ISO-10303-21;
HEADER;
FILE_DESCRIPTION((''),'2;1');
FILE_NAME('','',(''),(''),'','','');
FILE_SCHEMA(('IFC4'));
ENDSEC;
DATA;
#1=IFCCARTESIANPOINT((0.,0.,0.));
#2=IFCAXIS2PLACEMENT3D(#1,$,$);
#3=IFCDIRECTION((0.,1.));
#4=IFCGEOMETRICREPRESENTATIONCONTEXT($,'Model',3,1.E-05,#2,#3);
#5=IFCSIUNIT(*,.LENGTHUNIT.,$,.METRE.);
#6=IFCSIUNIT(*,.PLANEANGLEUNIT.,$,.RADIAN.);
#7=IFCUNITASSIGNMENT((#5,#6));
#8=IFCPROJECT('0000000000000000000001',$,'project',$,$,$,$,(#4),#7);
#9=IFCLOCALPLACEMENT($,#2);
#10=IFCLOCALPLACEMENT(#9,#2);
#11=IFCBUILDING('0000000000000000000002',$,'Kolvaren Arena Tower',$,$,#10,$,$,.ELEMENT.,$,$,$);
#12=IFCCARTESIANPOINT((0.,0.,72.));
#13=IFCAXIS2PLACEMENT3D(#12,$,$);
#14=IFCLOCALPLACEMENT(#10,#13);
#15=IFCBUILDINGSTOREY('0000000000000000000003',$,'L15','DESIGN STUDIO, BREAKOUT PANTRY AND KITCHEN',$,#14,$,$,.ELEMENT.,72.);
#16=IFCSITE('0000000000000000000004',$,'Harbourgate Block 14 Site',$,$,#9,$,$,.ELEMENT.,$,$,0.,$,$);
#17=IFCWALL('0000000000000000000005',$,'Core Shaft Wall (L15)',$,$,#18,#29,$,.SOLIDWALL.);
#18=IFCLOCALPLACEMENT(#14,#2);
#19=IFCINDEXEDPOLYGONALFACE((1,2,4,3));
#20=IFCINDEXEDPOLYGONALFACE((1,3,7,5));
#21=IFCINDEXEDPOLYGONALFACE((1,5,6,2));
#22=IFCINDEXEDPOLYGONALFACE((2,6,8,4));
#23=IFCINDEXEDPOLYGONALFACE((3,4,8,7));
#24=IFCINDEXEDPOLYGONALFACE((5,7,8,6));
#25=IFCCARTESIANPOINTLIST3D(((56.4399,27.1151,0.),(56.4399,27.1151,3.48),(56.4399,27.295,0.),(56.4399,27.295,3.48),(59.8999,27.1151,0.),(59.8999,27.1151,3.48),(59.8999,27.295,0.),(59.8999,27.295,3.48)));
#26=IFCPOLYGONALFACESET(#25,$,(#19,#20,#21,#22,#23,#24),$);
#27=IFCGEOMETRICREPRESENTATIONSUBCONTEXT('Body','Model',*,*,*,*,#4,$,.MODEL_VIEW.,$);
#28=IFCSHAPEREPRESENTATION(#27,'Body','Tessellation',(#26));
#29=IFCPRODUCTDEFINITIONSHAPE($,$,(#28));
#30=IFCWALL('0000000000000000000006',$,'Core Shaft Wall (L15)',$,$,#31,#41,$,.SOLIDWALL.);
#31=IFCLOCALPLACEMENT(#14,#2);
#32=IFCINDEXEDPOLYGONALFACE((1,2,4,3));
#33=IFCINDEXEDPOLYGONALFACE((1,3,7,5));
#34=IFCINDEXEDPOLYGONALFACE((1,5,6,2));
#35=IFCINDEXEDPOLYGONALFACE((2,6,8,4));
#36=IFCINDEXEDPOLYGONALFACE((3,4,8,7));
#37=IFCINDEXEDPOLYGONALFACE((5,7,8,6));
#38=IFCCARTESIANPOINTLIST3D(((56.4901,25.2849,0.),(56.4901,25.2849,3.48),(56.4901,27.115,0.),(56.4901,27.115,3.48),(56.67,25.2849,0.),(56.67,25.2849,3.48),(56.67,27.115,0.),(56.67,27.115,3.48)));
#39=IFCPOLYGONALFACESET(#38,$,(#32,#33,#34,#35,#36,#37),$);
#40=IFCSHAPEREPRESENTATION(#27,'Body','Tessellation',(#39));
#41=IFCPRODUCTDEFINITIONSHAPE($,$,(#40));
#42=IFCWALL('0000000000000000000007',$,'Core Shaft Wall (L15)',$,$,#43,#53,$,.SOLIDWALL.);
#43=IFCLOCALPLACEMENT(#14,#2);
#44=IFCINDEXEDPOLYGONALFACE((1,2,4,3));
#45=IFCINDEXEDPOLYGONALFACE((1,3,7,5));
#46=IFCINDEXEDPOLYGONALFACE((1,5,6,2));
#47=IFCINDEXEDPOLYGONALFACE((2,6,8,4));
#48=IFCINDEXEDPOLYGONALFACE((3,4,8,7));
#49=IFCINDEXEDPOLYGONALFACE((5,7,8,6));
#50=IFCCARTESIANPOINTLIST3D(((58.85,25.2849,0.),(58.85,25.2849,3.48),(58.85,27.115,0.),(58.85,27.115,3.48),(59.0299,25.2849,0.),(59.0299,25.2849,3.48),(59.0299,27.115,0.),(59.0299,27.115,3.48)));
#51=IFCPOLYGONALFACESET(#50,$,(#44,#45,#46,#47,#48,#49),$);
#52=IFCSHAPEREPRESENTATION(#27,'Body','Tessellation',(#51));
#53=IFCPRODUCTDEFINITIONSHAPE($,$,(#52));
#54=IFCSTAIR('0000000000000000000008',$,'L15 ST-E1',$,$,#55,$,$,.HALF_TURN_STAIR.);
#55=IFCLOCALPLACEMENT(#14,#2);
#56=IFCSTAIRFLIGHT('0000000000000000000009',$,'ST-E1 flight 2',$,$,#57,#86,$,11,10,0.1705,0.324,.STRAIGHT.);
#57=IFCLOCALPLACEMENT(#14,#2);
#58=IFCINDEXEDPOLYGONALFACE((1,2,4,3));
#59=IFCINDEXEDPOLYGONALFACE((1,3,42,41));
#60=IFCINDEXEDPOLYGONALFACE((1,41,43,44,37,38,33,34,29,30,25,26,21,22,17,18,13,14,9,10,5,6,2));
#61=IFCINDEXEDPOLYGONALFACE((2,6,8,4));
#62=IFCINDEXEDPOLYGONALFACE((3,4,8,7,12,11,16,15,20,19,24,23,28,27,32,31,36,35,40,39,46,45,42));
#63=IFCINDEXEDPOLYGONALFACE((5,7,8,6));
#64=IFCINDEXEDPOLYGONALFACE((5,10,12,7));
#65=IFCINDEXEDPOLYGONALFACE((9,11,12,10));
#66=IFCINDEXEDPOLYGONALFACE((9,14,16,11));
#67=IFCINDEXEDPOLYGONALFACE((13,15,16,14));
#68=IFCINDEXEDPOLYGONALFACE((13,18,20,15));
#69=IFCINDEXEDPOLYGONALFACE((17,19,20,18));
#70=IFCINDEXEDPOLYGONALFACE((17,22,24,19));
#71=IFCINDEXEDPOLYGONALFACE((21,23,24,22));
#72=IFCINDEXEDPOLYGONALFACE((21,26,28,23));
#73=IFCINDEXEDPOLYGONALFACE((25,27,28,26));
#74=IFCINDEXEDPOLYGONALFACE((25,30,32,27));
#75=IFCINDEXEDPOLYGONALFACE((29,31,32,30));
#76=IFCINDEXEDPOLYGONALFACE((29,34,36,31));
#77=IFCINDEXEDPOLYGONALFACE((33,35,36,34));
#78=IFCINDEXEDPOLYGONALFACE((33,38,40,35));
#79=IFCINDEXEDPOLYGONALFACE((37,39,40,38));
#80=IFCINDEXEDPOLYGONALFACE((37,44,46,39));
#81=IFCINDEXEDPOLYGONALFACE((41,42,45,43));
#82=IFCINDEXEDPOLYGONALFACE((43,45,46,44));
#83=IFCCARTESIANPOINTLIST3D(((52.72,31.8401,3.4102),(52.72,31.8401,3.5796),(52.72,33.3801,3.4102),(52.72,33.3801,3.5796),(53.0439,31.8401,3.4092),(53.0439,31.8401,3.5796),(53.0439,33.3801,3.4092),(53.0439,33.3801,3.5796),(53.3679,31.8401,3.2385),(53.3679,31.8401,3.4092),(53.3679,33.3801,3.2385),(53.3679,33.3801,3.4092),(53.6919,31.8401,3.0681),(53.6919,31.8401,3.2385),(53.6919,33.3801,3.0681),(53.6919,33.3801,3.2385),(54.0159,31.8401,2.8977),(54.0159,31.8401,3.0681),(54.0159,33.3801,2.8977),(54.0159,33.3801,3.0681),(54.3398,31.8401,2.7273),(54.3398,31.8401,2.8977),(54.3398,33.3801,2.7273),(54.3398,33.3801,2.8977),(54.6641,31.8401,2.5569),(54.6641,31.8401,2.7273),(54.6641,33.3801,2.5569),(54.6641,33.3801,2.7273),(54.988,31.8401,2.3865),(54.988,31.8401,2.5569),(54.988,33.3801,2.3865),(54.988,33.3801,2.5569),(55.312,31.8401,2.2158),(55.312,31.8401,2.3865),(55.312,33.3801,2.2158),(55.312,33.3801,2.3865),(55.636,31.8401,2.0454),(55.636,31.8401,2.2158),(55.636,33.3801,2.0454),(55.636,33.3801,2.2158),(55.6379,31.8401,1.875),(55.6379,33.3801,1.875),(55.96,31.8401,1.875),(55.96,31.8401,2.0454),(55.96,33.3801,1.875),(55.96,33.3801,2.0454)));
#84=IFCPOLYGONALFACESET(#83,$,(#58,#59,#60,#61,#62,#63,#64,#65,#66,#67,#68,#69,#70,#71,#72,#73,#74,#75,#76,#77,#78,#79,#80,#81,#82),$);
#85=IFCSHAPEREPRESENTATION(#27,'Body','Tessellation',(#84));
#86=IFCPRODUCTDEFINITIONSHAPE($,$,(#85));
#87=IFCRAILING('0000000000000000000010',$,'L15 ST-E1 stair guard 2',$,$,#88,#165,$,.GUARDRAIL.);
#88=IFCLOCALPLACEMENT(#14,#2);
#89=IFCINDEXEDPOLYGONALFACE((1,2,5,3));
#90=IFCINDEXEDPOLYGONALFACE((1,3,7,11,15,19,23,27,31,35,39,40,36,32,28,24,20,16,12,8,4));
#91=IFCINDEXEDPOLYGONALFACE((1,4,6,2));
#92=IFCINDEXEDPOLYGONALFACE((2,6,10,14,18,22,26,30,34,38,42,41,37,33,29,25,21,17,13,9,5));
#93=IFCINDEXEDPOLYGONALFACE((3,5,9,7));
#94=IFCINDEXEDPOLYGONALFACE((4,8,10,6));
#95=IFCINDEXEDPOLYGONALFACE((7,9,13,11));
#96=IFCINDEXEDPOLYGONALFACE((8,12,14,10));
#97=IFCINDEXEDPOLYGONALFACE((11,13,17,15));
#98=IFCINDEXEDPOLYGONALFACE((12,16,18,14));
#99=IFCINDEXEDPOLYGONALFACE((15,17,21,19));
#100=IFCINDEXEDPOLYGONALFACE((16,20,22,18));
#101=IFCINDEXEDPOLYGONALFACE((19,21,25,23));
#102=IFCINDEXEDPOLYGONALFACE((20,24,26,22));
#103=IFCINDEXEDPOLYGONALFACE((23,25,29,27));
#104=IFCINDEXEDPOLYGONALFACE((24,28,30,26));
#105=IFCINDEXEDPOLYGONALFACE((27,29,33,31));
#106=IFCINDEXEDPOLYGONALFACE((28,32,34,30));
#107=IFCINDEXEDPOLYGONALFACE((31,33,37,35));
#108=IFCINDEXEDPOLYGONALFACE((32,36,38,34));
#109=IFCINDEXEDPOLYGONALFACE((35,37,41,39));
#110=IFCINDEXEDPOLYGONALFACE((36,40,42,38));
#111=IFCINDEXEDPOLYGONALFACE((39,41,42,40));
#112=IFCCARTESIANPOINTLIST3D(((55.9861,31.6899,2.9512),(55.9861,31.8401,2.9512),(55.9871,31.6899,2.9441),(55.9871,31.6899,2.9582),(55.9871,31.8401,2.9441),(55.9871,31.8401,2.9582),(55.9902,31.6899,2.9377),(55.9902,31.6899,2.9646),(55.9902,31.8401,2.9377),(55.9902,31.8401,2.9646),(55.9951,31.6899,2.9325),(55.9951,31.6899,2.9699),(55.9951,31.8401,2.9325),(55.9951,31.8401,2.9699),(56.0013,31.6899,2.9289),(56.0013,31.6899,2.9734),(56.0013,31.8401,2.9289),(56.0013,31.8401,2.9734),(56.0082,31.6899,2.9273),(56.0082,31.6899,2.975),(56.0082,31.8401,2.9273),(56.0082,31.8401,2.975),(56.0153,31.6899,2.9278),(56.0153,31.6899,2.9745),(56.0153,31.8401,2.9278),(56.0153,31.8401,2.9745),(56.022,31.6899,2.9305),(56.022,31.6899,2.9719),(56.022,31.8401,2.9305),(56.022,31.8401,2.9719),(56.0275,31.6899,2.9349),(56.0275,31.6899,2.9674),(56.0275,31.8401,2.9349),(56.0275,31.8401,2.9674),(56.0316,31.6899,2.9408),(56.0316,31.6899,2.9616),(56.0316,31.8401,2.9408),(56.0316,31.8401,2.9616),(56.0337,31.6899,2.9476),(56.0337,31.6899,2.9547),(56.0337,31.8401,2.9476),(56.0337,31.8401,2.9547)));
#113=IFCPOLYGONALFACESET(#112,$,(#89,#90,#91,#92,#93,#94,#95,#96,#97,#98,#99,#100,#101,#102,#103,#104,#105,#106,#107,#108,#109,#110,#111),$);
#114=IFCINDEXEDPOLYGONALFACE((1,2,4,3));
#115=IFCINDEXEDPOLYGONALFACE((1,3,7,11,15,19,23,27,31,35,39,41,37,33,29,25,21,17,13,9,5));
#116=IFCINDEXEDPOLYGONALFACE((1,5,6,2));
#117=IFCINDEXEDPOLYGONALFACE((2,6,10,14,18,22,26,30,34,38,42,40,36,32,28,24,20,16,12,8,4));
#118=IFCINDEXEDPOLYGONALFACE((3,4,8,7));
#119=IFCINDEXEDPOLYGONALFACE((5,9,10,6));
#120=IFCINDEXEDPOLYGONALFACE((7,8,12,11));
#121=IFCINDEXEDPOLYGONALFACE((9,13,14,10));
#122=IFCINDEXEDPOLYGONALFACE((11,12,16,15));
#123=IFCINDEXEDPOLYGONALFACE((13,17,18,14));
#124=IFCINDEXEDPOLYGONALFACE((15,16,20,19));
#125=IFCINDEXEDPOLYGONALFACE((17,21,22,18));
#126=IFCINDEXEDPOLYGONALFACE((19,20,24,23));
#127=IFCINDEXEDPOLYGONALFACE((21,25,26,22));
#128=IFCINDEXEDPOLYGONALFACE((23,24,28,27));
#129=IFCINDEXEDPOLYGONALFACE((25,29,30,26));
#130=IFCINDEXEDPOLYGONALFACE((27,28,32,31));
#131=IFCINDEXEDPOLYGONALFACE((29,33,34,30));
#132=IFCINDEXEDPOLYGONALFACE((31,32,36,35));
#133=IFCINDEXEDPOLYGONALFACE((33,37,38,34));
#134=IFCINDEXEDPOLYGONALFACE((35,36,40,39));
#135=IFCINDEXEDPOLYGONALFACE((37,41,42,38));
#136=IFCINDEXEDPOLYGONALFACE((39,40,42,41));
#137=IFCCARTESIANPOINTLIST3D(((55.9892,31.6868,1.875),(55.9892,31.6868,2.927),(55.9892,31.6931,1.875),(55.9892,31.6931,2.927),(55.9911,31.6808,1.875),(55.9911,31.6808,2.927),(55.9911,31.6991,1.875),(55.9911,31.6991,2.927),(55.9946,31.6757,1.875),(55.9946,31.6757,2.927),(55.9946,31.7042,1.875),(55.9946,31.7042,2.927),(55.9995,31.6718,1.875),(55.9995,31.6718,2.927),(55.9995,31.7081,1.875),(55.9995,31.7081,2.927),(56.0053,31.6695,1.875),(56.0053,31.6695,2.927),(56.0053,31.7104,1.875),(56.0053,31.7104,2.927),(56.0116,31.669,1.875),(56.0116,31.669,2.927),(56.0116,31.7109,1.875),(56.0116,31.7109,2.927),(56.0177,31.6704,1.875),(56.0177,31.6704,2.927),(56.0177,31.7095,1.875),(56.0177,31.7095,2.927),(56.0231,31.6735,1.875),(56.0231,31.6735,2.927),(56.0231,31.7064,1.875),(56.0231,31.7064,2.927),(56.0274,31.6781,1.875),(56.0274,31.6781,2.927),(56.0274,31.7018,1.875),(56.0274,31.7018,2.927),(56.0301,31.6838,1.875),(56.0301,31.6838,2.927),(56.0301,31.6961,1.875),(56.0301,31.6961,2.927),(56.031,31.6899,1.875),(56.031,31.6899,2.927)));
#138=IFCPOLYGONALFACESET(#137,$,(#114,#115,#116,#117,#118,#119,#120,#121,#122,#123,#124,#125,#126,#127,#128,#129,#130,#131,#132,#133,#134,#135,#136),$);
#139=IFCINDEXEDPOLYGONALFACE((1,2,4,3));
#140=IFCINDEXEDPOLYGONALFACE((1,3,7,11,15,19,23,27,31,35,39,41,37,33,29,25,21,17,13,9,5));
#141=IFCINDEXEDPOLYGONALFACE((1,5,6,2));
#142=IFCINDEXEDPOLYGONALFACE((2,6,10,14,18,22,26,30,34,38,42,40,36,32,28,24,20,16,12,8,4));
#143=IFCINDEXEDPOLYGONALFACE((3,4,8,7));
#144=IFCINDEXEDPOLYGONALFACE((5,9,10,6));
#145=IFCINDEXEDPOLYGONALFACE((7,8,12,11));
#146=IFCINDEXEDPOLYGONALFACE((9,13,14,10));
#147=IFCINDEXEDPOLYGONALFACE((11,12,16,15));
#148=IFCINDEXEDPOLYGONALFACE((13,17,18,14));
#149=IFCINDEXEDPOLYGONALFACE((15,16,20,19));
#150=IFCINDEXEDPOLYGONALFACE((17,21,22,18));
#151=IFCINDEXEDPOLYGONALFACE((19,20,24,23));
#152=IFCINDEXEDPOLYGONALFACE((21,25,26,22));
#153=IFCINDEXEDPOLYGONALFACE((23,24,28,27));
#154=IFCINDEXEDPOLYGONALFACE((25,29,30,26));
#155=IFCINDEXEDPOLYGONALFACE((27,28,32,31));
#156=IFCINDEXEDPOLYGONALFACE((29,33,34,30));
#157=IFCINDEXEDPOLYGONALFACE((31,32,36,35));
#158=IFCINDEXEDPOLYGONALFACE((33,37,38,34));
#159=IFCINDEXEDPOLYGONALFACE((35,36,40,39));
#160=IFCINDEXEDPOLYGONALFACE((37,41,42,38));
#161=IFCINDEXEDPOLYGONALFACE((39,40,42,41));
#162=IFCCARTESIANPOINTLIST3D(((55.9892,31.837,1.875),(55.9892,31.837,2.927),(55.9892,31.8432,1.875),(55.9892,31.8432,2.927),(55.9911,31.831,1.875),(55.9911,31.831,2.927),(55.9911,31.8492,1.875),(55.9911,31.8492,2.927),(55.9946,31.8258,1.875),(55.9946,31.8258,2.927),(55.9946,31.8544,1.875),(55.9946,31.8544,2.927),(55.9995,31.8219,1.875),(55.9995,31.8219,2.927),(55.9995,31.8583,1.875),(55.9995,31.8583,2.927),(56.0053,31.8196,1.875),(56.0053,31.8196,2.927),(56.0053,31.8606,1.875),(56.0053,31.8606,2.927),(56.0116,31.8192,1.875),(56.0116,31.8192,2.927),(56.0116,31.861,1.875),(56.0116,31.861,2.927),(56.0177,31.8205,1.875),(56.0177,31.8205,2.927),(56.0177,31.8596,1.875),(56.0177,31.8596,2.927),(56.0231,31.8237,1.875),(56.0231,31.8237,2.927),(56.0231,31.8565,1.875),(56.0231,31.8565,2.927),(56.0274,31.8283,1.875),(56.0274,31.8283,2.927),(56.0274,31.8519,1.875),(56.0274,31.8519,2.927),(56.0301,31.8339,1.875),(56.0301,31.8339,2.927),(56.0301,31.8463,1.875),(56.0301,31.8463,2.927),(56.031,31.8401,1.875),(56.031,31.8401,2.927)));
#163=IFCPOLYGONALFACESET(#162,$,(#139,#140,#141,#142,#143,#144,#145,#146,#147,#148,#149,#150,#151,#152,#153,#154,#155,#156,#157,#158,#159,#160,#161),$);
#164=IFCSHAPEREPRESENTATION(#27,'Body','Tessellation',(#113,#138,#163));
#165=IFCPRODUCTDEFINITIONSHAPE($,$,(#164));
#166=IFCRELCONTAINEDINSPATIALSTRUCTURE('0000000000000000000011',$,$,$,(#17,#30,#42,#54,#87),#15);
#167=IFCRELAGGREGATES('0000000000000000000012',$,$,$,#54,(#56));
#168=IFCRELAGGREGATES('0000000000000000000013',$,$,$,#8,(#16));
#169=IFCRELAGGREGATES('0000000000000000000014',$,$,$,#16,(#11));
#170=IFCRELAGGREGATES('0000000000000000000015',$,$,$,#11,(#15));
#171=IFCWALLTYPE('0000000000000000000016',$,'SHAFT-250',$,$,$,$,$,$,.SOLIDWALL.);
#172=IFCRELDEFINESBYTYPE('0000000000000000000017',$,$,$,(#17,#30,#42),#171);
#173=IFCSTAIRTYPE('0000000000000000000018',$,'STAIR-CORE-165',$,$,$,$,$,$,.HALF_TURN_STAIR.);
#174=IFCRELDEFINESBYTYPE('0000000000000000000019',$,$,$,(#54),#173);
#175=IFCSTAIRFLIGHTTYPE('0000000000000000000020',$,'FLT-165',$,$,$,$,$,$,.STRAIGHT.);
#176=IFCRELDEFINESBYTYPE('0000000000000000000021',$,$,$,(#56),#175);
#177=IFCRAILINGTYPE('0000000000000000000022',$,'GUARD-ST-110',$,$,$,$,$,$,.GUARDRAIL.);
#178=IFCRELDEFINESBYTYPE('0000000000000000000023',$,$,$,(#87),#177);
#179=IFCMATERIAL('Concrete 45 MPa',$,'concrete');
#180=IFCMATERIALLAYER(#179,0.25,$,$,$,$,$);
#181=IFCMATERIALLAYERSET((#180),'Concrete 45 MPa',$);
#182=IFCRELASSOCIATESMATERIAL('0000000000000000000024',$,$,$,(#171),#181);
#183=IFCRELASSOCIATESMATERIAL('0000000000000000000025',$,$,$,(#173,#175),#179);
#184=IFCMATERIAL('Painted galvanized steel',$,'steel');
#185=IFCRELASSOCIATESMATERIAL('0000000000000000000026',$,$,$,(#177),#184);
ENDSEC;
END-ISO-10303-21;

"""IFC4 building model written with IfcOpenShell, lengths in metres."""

from ifc_helpers import new_model, si_unit, direction, frame, frame_2d, origin, origin_2d, place, context, subcontext, project, spatial, polyline, rectangle, circle, outline, extrude, material, layer, layer_set, type_object, element, aggregate, save


model = new_model("IFC4")

# Units and contexts
model_context = context("Model", 3, precision=1e-05, world=origin(), true_north=direction((0.0, 1.0)))
body_context = subcontext(model_context, "Body", "Model", "MODEL_VIEW")
ifc_project = project(units=[si_unit("LENGTHUNIT", "METRE"), si_unit("PLANEANGLEUNIT", "RADIAN")], contexts=[model_context])

# Site, building, storey
site_placement = place(None, origin())
site = spatial("IfcSite", under=ifc_project, at=site_placement, Name="Harbourgate Block 14 Site", CompositionType="ELEMENT", RefElevation=0.0)
building_placement = place(site_placement, origin())
building = spatial("IfcBuilding", under=site, at=building_placement, Name="Kolvaren Arena Tower", CompositionType="ELEMENT")
storey_placement = place(building_placement, frame((0.0, 0.0, 72.0)))
storey = spatial("IfcBuildingStorey", under=building, at=storey_placement, Name="L15", Description="DESIGN STUDIO, BREAKOUT PANTRY AND KITCHEN", CompositionType="ELEMENT", Elevation=72.0)

# Shared definitions
ifc_material_1 = material(Name="Concrete 45 MPa", Category="concrete")
ifc_layer = layer(ifc_material_1, 0.25)
ifc_layer_set = layer_set([ifc_layer], Name="Concrete 45 MPa")
wall_type = type_object("IfcWallType", Name="SHAFT-250", PredefinedType="SOLIDWALL", material=ifc_layer_set)

# Walls
wall_1_placement = place(storey_placement, frame((56.4399, 27.2051, 0.0), z_axis=(0.0, 0.0, 1.0), x_axis=(1.0, 0.0, 0.0)))
element("IfcWall", 1, at=wall_1_placement, inside=storey, type_object=wall_type, Name="Core Shaft Wall (L15)", PredefinedType="SOLIDWALL", context=body_context, shape_type="SweptSolid", body=[
    extrude(rectangle(XDim=3.46, YDim=0.1799, at=frame_2d((1.73, 0.0))), origin(), (0.0, 0.0, 1.0), 3.48),
])
for number, where, z_axis, x_axis, name in (
    (2, (56.5801, 25.2849, 0.0), (0.0, 0.0, 1.0), (0.0, 1.0, 0.0), "Core Shaft Wall (L15)"),
    (3, (58.9399, 25.2849, 0.0), (0.0, 0.0, 1.0), (0.0, 1.0, 0.0), "Core Shaft Wall (L15)"),
):
    element("IfcWall", number, at=place(storey_placement, frame(where, z_axis=z_axis, x_axis=x_axis)), inside=storey, type_object=wall_type, Name=name, PredefinedType="SOLIDWALL", context=body_context, shape_type="SweptSolid", body=[
        extrude(rectangle(XDim=1.8301, YDim=0.1799, at=frame_2d((0.915, 0.0))), origin(), (0.0, 0.0, 1.0), 3.48),
    ])

# Stair, stair flight
stair_type = type_object("IfcStairType", Name="STAIR-CORE-165", PredefinedType="HALF_TURN_STAIR", material=ifc_material_1)
stair_placement = place(storey_placement, origin())
stair = element("IfcStair", 4, at=stair_placement, inside=storey, type_object=stair_type, Name="L15 ST-E1", PredefinedType="HALF_TURN_STAIR")
stair_flight_type = type_object("IfcStairFlightType", Name="FLT-165", PredefinedType="STRAIGHT", material=ifc_material_1)
stair_flight_placement = place(storey_placement, frame((55.96, 32.6101, 1.875), z_axis=(0.0, 0.0, 1.0), x_axis=(-1.0, 0.0, 0.0)))
stair_flight = element("IfcStairFlight", 5, at=stair_flight_placement, type_object=stair_flight_type, Name="ST-E1 flight 2", NumberOfRisers=11, NumberOfTreads=10, PredefinedType="STRAIGHT", RiserHeight=0.1705, TreadLength=0.324, context=body_context, shape_type="SweptSolid", body=[
    extrude(outline(polyline([(0.0, 0.0), (0.0, 0.1704), (0.324, 0.1704), (0.324, 0.3408), (0.6479, 0.3408), (0.6479, 0.5115), (0.9719, 0.5115), (0.9719, 0.6819), (1.2959, 0.6819), (1.2959, 0.8523), (1.6201, 0.8523), (1.6201, 1.0227), (1.9441, 1.0227), (1.9441, 1.1931), (2.2681, 1.1931), (2.2681, 1.3635), (2.592, 1.3635), (2.592, 1.5342), (2.916, 1.5342), (2.916, 1.7046), (3.24, 1.7046), (3.24, 1.875), (3.24, 1.5352), (0.322, 0.0), (0.0, 0.0)])), frame((0.0, 0.77, 0.0), z_axis=(0.0, -1.0, 0.0), x_axis=(1.0, 0.0, 0.0)), (0.0, 0.0, 1.0), 1.54),
])
aggregate(stair, [stair_flight])

# Railing
ifc_material_2 = material(Name="Painted galvanized steel", Category="steel")
railing_type_1 = type_object("IfcRailingType", Name="GUARD-ST-110", PredefinedType="GUARDRAIL", material=ifc_material_2)
for number, where, name in (
    (6, (56.01, 31.6899, 1.875), "L15 ST-E1 stair guard 2"),
):
    element("IfcRailing", number, at=place(storey_placement, frame(where)), inside=storey, type_object=railing_type_1, Name=name, PredefinedType="GUARDRAIL", context=body_context, shape_type="SweptSolid", body=[
        extrude(circle(Radius=0.0239, at=origin_2d()), frame((0.0, 0.0, 1.0762), z_axis=(0.0, 1.0, 0.0), x_axis=(-1.0, 0.0, 0.0)), (0.0, 0.0, 1.0), 0.1501),
        extrude(circle(Radius=0.021, at=origin_2d()), origin(), (0.0, 0.0, 1.0), 1.052),
        extrude(circle(Radius=0.021, at=origin_2d()), frame((0.0, 0.1501, 0.0)), (0.0, 0.0, 1.0), 1.052),
    ])

save(model, "model.ifc")
